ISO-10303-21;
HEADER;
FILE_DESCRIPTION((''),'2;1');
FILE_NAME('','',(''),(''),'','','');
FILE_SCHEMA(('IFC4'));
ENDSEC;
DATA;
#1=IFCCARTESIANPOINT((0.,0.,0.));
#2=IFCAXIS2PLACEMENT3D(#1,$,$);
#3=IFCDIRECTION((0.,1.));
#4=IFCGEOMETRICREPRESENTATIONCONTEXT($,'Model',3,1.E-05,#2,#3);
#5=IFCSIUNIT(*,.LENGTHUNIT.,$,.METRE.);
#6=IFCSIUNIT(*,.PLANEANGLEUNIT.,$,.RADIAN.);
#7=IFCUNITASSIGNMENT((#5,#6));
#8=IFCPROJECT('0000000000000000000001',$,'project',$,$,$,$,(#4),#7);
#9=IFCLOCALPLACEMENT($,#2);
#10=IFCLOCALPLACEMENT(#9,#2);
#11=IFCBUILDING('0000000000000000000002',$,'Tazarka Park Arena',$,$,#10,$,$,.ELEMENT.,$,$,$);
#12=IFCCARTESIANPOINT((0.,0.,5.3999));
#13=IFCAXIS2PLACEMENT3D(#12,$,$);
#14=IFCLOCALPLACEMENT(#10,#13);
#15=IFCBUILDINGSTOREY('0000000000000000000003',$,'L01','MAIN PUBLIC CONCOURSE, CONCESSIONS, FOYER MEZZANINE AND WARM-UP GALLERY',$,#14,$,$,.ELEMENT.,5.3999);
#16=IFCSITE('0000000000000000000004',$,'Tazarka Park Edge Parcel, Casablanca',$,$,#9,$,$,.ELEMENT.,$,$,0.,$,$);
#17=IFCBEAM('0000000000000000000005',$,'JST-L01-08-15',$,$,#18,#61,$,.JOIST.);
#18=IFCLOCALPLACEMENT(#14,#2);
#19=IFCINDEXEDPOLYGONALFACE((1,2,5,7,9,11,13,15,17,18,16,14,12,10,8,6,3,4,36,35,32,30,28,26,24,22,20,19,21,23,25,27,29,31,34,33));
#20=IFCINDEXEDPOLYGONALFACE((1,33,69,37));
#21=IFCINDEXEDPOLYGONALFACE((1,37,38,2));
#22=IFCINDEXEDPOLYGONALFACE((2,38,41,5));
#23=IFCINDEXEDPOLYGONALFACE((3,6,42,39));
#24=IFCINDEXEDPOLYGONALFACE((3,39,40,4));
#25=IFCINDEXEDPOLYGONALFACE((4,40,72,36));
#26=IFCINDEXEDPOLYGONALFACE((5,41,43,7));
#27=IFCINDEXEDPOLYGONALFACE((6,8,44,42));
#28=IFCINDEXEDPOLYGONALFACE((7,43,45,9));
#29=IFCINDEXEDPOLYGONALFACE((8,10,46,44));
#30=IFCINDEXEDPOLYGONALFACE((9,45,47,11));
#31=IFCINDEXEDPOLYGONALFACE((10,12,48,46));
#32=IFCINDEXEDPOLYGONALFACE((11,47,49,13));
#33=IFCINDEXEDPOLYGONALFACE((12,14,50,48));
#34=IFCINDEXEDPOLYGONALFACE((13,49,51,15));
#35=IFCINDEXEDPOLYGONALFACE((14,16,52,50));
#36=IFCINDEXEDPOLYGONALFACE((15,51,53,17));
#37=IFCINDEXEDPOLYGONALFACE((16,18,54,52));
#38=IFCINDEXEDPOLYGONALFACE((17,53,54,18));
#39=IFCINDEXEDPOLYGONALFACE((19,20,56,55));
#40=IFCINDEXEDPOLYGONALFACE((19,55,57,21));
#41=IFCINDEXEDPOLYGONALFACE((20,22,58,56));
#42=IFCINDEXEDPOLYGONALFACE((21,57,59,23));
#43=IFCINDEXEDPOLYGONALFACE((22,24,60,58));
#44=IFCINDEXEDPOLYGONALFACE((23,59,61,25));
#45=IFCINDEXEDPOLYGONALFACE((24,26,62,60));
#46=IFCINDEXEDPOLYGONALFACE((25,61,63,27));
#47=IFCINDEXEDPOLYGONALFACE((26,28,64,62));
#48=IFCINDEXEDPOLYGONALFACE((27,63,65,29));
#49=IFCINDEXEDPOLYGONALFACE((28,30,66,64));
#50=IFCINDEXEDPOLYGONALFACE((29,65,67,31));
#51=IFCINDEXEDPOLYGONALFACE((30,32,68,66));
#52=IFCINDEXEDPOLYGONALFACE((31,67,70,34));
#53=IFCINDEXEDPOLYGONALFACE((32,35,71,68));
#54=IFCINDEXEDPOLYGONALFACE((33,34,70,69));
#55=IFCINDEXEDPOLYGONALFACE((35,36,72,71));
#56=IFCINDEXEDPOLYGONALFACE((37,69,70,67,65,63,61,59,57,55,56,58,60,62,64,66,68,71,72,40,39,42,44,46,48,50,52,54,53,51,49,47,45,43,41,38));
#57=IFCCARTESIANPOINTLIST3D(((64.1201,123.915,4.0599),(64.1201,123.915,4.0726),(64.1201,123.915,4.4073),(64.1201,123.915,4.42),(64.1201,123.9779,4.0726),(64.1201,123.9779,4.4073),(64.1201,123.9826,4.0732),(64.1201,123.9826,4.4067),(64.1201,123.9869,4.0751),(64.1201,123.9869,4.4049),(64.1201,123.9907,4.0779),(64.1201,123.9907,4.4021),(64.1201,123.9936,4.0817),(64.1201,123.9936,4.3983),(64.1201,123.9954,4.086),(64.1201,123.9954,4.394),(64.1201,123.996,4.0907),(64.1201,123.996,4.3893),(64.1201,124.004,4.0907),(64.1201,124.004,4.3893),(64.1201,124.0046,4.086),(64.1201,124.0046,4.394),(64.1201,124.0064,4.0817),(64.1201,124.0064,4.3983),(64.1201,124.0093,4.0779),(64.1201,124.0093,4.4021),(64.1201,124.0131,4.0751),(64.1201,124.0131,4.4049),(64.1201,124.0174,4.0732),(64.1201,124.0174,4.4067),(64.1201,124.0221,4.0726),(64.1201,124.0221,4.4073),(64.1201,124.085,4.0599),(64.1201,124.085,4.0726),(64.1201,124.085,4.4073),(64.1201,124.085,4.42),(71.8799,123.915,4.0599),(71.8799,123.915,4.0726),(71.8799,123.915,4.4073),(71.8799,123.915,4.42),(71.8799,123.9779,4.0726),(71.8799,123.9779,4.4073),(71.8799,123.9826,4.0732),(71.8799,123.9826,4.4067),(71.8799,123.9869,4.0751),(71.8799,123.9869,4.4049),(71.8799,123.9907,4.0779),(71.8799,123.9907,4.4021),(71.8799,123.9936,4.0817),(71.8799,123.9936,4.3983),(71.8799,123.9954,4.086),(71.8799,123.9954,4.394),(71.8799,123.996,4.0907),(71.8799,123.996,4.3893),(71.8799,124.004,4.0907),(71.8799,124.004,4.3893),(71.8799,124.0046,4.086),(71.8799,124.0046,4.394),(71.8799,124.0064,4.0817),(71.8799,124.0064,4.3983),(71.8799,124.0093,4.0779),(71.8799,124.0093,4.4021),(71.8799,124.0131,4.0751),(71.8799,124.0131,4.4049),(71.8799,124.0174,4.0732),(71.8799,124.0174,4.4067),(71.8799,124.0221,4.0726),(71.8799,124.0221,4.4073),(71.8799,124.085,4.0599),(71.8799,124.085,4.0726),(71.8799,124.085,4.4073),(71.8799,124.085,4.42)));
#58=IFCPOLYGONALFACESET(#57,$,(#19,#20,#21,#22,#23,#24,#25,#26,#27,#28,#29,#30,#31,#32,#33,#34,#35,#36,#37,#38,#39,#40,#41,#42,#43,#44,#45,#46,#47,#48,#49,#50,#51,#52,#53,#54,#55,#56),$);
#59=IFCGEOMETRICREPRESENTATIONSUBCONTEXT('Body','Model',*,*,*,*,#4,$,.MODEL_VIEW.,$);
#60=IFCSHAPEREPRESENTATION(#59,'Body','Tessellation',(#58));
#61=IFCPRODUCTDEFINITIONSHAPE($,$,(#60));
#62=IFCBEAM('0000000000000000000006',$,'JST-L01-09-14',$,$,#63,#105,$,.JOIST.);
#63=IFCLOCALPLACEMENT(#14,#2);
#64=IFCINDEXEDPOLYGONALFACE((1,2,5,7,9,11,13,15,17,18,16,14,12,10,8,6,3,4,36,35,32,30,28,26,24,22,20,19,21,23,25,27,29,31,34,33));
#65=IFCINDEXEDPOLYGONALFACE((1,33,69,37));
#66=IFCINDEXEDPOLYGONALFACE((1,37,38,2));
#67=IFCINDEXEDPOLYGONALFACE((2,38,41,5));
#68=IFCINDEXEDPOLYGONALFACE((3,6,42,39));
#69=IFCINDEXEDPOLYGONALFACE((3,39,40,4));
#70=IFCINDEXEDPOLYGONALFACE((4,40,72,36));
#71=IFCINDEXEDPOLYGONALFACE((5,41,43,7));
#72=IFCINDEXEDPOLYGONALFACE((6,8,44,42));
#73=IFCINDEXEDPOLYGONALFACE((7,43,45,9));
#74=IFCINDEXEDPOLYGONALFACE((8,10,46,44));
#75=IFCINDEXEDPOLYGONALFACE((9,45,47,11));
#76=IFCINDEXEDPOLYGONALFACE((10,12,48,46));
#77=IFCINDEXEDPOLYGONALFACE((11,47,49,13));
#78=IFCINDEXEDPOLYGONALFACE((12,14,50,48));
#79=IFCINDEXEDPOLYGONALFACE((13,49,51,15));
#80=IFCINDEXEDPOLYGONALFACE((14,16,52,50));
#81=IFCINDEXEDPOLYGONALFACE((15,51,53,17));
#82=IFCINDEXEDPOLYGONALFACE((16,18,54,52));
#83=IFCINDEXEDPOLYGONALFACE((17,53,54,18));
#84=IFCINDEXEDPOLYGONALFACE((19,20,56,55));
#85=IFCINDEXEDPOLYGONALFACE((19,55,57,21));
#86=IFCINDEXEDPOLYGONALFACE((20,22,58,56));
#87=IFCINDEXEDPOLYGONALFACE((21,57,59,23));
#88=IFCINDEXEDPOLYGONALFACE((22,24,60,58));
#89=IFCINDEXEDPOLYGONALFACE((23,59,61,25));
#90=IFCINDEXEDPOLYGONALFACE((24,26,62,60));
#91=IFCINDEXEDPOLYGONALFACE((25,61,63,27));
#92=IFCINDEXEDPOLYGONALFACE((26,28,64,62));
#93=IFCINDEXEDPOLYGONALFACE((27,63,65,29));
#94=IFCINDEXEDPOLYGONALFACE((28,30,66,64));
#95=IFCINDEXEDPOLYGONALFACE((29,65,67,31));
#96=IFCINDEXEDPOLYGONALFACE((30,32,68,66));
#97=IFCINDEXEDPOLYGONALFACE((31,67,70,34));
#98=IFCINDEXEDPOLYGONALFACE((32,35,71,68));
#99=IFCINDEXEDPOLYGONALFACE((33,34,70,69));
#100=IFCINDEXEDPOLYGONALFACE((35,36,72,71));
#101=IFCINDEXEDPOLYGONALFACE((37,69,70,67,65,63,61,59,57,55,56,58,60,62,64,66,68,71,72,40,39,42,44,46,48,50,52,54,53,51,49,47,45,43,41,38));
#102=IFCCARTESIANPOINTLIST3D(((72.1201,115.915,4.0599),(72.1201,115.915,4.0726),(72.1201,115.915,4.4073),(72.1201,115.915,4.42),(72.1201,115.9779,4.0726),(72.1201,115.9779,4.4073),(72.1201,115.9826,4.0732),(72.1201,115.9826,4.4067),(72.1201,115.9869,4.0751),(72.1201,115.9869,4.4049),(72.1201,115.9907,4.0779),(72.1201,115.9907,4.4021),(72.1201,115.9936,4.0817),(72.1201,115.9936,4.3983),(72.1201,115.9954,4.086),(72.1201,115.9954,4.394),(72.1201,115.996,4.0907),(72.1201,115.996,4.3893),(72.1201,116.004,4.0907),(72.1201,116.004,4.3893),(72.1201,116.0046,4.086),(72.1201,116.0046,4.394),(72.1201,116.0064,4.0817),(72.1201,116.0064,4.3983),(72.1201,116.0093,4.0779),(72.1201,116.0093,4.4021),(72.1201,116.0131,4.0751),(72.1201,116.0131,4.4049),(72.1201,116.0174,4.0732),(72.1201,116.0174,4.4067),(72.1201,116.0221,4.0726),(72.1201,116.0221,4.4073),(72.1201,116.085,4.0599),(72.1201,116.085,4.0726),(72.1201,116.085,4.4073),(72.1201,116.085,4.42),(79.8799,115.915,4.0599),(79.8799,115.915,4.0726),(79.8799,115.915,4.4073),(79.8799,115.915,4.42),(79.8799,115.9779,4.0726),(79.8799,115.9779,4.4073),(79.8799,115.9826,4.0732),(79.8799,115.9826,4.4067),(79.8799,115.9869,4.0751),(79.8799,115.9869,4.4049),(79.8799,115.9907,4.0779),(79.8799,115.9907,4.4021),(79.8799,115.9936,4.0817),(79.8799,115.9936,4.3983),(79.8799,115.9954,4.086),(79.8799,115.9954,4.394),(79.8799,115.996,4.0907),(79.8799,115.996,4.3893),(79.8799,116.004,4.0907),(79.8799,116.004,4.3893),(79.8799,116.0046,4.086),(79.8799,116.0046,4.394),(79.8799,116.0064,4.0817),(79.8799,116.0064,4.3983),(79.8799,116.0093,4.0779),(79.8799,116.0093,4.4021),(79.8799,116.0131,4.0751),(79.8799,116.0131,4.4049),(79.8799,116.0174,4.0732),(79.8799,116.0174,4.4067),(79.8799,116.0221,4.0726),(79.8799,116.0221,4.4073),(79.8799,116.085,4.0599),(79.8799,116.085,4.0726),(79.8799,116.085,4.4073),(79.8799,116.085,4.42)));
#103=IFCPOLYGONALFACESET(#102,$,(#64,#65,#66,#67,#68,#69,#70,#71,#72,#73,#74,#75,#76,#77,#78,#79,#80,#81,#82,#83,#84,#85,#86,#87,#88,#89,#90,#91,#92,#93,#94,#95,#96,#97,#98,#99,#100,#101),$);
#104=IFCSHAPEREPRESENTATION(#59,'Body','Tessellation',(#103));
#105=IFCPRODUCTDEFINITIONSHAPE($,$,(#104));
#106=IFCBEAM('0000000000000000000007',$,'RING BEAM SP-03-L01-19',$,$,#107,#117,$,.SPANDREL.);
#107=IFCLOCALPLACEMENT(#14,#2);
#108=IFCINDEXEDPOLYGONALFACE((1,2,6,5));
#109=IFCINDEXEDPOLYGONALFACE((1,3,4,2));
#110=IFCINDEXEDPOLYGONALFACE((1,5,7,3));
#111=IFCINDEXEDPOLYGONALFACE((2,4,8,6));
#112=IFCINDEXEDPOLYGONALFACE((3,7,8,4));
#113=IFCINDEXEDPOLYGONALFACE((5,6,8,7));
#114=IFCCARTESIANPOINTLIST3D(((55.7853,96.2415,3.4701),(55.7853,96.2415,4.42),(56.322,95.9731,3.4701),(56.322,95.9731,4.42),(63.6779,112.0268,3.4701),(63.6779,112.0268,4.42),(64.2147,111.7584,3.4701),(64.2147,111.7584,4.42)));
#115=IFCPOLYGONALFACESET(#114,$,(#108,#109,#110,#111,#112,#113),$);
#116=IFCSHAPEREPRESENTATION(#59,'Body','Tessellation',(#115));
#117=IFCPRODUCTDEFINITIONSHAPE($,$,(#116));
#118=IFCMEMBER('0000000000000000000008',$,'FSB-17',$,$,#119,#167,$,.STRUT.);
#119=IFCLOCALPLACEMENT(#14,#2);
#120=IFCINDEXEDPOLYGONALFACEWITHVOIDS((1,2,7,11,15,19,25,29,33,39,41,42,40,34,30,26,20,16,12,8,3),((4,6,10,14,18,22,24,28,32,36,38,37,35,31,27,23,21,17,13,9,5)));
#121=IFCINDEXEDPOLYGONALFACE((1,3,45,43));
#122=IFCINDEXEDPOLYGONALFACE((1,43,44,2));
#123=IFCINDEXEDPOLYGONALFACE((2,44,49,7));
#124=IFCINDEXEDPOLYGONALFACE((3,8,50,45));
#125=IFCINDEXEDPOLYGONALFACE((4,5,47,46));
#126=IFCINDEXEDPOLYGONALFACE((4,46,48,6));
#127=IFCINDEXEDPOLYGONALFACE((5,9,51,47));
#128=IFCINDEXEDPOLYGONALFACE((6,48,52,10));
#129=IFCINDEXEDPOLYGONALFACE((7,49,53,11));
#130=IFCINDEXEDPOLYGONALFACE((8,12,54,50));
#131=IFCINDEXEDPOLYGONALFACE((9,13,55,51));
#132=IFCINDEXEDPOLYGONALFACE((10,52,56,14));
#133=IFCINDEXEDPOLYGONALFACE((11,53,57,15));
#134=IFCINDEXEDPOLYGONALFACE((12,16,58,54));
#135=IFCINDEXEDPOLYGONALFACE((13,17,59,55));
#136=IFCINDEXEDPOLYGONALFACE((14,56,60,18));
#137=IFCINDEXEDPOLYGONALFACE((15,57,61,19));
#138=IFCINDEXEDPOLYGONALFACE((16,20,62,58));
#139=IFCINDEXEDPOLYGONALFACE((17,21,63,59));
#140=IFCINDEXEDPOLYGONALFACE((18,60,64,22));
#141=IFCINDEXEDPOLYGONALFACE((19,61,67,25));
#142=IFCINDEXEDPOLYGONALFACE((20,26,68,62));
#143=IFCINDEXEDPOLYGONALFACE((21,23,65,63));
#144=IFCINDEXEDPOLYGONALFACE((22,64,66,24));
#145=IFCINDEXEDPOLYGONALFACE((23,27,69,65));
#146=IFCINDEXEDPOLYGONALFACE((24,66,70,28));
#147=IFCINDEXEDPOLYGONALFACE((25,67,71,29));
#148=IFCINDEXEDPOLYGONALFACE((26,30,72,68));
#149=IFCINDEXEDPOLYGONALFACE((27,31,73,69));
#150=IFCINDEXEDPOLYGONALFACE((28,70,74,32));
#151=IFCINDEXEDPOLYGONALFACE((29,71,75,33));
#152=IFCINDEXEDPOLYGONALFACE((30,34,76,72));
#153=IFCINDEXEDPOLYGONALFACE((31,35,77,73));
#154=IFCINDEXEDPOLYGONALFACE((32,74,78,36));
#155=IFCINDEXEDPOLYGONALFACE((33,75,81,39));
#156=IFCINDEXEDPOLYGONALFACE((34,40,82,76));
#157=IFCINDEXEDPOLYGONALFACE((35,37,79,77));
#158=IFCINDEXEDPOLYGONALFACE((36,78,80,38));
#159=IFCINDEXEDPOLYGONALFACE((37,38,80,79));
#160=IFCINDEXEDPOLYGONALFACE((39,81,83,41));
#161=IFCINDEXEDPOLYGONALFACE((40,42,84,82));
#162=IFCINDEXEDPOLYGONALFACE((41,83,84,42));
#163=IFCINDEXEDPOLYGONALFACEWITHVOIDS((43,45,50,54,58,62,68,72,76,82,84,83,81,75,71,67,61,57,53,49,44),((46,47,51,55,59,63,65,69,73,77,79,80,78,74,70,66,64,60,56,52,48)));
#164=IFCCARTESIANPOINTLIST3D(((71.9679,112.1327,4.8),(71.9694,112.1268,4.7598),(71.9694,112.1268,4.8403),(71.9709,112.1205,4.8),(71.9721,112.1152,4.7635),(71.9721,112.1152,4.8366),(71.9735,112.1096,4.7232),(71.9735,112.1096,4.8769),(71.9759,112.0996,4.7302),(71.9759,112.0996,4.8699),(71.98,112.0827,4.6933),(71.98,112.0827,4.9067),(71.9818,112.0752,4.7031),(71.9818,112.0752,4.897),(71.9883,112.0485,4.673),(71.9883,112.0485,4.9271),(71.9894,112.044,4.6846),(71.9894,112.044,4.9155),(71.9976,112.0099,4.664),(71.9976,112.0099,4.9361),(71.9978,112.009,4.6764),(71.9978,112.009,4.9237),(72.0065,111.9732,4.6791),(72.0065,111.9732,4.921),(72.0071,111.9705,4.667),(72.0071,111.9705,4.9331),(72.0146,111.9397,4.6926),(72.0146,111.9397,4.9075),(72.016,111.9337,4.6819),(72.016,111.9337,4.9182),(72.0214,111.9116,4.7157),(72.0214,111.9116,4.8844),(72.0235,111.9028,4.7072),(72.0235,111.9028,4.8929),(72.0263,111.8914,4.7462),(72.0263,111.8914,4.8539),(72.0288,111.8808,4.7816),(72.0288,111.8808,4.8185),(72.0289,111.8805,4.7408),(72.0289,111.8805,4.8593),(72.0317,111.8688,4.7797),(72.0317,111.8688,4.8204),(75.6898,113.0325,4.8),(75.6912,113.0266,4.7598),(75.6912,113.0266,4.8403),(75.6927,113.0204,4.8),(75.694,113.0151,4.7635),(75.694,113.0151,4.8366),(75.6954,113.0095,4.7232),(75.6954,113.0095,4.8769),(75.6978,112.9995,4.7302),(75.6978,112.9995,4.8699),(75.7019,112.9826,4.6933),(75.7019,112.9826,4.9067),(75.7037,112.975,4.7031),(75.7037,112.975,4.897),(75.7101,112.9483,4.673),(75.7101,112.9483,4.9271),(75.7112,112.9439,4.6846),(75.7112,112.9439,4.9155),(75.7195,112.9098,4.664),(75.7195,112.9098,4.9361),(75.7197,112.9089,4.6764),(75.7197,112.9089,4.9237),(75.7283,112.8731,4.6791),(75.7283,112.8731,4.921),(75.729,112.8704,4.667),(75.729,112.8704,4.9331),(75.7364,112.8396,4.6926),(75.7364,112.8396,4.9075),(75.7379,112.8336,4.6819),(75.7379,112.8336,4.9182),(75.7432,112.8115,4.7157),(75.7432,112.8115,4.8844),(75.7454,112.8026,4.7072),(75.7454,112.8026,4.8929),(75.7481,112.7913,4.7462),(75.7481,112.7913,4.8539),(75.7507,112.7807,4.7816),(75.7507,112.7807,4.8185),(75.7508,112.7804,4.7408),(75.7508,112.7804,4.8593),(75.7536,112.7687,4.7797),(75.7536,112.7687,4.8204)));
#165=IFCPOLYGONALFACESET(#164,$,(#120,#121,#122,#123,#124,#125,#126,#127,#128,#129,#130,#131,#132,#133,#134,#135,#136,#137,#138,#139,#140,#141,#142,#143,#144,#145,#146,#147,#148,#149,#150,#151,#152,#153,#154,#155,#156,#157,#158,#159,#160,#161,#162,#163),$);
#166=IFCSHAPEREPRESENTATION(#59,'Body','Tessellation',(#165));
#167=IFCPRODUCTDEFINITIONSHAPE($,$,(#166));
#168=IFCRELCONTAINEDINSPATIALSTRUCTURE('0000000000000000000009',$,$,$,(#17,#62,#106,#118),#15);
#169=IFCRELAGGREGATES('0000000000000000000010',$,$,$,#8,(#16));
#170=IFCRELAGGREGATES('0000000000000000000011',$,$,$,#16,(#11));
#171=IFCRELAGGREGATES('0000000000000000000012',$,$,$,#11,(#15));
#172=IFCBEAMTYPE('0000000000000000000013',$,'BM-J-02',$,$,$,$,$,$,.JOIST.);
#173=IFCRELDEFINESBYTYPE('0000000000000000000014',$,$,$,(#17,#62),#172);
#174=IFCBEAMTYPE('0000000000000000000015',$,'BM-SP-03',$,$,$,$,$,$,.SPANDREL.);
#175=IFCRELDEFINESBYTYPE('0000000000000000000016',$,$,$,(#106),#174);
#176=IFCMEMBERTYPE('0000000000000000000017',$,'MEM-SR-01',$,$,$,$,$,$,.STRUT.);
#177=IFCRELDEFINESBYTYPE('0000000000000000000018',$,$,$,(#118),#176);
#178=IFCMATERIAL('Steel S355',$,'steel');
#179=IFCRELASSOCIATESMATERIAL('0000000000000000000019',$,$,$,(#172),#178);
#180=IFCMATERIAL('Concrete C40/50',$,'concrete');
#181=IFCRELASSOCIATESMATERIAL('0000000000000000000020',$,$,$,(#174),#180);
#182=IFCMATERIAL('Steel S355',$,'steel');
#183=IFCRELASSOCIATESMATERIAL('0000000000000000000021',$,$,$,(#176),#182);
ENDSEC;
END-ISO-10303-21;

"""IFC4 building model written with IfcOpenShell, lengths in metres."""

from ifc_helpers import new_model, si_unit, direction, frame, origin, origin_2d, place, context, subcontext, project, spatial, rectangle, hollow_circle, i_section, extrude, material, material_profile, profile_set, type_object, element, save


model = new_model("IFC4")

# Units and contexts
model_context = context("Model", 3, precision=1e-05, world=origin(), true_north=direction((0.0, 1.0)))
body_context = subcontext(model_context, "Body", "Model", "MODEL_VIEW")
ifc_project = project(units=[si_unit("LENGTHUNIT", "METRE"), si_unit("PLANEANGLEUNIT", "RADIAN")], contexts=[model_context])

# Site, building, storey
site_placement = place(None, origin())
site = spatial("IfcSite", under=ifc_project, at=site_placement, Name="Tazarka Park Edge Parcel, Casablanca", CompositionType="ELEMENT", RefElevation=0.0)
building_placement = place(site_placement, origin())
building = spatial("IfcBuilding", under=site, at=building_placement, Name="Tazarka Park Arena", CompositionType="ELEMENT")
storey_placement = place(building_placement, frame((0.0, 0.0, 5.3999)))
storey = spatial("IfcBuildingStorey", under=building, at=storey_placement, Name="L01", Description="MAIN PUBLIC CONCOURSE, CONCESSIONS, FOYER MEZZANINE AND WARM-UP GALLERY", CompositionType="ELEMENT", Elevation=5.3999)

# Beams
ifc_material_1 = material(Name="Steel S355", Category="steel")
ifc_material_profile_1 = material_profile(ifc_material_1, i_section(OverallWidth=0.1699, OverallDepth=0.3601, WebThickness=0.0081, FlangeThickness=0.0127, FilletRadius=0.0181, at=origin_2d()), Name="Steel S355")
ifc_profile_set_1 = profile_set([ifc_material_profile_1], Name="Steel S355")
beam_type_1 = type_object("IfcBeamType", Name="BM-J-02", PredefinedType="JOIST", material=ifc_profile_set_1)
for number, where, z_axis, x_axis, name in (
    (1, (64.1201, 124.0, 4.24), (1.0, 0.0, 0.0), (0.0, 1.0, 0.0), "JST-L01-08-15"),
    (2, (72.1201, 116.0, 4.24), (1.0, 0.0, 0.0), (0.0, 1.0, 0.0), "JST-L01-09-14"),
):
    element("IfcBeam", number, at=place(storey_placement, frame(where, z_axis=z_axis, x_axis=x_axis)), inside=storey, type_object=beam_type_1, Name=name, PredefinedType="JOIST", context=body_context, shape_type="SweptSolid", body=[
        extrude(i_section(OverallWidth=0.1699, OverallDepth=0.3601, WebThickness=0.0081, FlangeThickness=0.0127, FilletRadius=0.0181, at=origin_2d()), origin(), (0.0, 0.0, 1.0), 7.7598),
    ])
ifc_material_2 = material(Name="Concrete C40/50", Category="concrete")
ifc_material_profile_2 = material_profile(ifc_material_2, rectangle(XDim=0.6001, YDim=0.95, at=origin_2d()), Name="Concrete C40/50")
ifc_profile_set_2 = profile_set([ifc_material_profile_2], Name="Concrete C40/50")
beam_type_2 = type_object("IfcBeamType", Name="BM-SP-03", PredefinedType="SPANDREL", material=ifc_profile_set_2)
beam_1_placement = place(storey_placement, frame((63.9463, 111.8926, 3.9451), z_axis=(-0.447214, -0.894427, 0.0), x_axis=(0.894427, -0.447214, 0.0)))
element("IfcBeam", 3, at=beam_1_placement, inside=storey, type_object=beam_type_2, Name="RING BEAM SP-03-L01-19", PredefinedType="SPANDREL", context=body_context, shape_type="SweptSolid", body=[
    extrude(rectangle(XDim=0.6001, YDim=0.95, at=origin_2d()), origin(), (0.0, 0.0, 1.0), 17.6484),
])

# Member
ifc_material_3 = material(Name="Steel S355", Category="steel")
ifc_material_profile_3 = material_profile(ifc_material_3, hollow_circle(Radius=0.1365, WallThickness=0.0125, at=origin_2d()), Name="Steel S355")
ifc_profile_set_3 = profile_set([ifc_material_profile_3], Name="Steel S355")
member_type = type_object("IfcMemberType", Name="MEM-SR-01", PredefinedType="STRUT", material=ifc_profile_set_3)
member_1_placement = place(storey_placement, frame((72.0, 112.0, 4.8), z_axis=(0.971992, 0.235012, 0.0), x_axis=(-0.235012, 0.971992, 0.0)))
element("IfcMember", 4, at=member_1_placement, inside=storey, type_object=member_type, Name="FSB-17", PredefinedType="STRUT", context=body_context, shape_type="SweptSolid", body=[
    extrude(hollow_circle(Radius=0.1365, WallThickness=0.0125, at=origin_2d()), origin(), (0.0, 0.0, 1.0), 3.8291),
])

save(model, "model.ifc")
